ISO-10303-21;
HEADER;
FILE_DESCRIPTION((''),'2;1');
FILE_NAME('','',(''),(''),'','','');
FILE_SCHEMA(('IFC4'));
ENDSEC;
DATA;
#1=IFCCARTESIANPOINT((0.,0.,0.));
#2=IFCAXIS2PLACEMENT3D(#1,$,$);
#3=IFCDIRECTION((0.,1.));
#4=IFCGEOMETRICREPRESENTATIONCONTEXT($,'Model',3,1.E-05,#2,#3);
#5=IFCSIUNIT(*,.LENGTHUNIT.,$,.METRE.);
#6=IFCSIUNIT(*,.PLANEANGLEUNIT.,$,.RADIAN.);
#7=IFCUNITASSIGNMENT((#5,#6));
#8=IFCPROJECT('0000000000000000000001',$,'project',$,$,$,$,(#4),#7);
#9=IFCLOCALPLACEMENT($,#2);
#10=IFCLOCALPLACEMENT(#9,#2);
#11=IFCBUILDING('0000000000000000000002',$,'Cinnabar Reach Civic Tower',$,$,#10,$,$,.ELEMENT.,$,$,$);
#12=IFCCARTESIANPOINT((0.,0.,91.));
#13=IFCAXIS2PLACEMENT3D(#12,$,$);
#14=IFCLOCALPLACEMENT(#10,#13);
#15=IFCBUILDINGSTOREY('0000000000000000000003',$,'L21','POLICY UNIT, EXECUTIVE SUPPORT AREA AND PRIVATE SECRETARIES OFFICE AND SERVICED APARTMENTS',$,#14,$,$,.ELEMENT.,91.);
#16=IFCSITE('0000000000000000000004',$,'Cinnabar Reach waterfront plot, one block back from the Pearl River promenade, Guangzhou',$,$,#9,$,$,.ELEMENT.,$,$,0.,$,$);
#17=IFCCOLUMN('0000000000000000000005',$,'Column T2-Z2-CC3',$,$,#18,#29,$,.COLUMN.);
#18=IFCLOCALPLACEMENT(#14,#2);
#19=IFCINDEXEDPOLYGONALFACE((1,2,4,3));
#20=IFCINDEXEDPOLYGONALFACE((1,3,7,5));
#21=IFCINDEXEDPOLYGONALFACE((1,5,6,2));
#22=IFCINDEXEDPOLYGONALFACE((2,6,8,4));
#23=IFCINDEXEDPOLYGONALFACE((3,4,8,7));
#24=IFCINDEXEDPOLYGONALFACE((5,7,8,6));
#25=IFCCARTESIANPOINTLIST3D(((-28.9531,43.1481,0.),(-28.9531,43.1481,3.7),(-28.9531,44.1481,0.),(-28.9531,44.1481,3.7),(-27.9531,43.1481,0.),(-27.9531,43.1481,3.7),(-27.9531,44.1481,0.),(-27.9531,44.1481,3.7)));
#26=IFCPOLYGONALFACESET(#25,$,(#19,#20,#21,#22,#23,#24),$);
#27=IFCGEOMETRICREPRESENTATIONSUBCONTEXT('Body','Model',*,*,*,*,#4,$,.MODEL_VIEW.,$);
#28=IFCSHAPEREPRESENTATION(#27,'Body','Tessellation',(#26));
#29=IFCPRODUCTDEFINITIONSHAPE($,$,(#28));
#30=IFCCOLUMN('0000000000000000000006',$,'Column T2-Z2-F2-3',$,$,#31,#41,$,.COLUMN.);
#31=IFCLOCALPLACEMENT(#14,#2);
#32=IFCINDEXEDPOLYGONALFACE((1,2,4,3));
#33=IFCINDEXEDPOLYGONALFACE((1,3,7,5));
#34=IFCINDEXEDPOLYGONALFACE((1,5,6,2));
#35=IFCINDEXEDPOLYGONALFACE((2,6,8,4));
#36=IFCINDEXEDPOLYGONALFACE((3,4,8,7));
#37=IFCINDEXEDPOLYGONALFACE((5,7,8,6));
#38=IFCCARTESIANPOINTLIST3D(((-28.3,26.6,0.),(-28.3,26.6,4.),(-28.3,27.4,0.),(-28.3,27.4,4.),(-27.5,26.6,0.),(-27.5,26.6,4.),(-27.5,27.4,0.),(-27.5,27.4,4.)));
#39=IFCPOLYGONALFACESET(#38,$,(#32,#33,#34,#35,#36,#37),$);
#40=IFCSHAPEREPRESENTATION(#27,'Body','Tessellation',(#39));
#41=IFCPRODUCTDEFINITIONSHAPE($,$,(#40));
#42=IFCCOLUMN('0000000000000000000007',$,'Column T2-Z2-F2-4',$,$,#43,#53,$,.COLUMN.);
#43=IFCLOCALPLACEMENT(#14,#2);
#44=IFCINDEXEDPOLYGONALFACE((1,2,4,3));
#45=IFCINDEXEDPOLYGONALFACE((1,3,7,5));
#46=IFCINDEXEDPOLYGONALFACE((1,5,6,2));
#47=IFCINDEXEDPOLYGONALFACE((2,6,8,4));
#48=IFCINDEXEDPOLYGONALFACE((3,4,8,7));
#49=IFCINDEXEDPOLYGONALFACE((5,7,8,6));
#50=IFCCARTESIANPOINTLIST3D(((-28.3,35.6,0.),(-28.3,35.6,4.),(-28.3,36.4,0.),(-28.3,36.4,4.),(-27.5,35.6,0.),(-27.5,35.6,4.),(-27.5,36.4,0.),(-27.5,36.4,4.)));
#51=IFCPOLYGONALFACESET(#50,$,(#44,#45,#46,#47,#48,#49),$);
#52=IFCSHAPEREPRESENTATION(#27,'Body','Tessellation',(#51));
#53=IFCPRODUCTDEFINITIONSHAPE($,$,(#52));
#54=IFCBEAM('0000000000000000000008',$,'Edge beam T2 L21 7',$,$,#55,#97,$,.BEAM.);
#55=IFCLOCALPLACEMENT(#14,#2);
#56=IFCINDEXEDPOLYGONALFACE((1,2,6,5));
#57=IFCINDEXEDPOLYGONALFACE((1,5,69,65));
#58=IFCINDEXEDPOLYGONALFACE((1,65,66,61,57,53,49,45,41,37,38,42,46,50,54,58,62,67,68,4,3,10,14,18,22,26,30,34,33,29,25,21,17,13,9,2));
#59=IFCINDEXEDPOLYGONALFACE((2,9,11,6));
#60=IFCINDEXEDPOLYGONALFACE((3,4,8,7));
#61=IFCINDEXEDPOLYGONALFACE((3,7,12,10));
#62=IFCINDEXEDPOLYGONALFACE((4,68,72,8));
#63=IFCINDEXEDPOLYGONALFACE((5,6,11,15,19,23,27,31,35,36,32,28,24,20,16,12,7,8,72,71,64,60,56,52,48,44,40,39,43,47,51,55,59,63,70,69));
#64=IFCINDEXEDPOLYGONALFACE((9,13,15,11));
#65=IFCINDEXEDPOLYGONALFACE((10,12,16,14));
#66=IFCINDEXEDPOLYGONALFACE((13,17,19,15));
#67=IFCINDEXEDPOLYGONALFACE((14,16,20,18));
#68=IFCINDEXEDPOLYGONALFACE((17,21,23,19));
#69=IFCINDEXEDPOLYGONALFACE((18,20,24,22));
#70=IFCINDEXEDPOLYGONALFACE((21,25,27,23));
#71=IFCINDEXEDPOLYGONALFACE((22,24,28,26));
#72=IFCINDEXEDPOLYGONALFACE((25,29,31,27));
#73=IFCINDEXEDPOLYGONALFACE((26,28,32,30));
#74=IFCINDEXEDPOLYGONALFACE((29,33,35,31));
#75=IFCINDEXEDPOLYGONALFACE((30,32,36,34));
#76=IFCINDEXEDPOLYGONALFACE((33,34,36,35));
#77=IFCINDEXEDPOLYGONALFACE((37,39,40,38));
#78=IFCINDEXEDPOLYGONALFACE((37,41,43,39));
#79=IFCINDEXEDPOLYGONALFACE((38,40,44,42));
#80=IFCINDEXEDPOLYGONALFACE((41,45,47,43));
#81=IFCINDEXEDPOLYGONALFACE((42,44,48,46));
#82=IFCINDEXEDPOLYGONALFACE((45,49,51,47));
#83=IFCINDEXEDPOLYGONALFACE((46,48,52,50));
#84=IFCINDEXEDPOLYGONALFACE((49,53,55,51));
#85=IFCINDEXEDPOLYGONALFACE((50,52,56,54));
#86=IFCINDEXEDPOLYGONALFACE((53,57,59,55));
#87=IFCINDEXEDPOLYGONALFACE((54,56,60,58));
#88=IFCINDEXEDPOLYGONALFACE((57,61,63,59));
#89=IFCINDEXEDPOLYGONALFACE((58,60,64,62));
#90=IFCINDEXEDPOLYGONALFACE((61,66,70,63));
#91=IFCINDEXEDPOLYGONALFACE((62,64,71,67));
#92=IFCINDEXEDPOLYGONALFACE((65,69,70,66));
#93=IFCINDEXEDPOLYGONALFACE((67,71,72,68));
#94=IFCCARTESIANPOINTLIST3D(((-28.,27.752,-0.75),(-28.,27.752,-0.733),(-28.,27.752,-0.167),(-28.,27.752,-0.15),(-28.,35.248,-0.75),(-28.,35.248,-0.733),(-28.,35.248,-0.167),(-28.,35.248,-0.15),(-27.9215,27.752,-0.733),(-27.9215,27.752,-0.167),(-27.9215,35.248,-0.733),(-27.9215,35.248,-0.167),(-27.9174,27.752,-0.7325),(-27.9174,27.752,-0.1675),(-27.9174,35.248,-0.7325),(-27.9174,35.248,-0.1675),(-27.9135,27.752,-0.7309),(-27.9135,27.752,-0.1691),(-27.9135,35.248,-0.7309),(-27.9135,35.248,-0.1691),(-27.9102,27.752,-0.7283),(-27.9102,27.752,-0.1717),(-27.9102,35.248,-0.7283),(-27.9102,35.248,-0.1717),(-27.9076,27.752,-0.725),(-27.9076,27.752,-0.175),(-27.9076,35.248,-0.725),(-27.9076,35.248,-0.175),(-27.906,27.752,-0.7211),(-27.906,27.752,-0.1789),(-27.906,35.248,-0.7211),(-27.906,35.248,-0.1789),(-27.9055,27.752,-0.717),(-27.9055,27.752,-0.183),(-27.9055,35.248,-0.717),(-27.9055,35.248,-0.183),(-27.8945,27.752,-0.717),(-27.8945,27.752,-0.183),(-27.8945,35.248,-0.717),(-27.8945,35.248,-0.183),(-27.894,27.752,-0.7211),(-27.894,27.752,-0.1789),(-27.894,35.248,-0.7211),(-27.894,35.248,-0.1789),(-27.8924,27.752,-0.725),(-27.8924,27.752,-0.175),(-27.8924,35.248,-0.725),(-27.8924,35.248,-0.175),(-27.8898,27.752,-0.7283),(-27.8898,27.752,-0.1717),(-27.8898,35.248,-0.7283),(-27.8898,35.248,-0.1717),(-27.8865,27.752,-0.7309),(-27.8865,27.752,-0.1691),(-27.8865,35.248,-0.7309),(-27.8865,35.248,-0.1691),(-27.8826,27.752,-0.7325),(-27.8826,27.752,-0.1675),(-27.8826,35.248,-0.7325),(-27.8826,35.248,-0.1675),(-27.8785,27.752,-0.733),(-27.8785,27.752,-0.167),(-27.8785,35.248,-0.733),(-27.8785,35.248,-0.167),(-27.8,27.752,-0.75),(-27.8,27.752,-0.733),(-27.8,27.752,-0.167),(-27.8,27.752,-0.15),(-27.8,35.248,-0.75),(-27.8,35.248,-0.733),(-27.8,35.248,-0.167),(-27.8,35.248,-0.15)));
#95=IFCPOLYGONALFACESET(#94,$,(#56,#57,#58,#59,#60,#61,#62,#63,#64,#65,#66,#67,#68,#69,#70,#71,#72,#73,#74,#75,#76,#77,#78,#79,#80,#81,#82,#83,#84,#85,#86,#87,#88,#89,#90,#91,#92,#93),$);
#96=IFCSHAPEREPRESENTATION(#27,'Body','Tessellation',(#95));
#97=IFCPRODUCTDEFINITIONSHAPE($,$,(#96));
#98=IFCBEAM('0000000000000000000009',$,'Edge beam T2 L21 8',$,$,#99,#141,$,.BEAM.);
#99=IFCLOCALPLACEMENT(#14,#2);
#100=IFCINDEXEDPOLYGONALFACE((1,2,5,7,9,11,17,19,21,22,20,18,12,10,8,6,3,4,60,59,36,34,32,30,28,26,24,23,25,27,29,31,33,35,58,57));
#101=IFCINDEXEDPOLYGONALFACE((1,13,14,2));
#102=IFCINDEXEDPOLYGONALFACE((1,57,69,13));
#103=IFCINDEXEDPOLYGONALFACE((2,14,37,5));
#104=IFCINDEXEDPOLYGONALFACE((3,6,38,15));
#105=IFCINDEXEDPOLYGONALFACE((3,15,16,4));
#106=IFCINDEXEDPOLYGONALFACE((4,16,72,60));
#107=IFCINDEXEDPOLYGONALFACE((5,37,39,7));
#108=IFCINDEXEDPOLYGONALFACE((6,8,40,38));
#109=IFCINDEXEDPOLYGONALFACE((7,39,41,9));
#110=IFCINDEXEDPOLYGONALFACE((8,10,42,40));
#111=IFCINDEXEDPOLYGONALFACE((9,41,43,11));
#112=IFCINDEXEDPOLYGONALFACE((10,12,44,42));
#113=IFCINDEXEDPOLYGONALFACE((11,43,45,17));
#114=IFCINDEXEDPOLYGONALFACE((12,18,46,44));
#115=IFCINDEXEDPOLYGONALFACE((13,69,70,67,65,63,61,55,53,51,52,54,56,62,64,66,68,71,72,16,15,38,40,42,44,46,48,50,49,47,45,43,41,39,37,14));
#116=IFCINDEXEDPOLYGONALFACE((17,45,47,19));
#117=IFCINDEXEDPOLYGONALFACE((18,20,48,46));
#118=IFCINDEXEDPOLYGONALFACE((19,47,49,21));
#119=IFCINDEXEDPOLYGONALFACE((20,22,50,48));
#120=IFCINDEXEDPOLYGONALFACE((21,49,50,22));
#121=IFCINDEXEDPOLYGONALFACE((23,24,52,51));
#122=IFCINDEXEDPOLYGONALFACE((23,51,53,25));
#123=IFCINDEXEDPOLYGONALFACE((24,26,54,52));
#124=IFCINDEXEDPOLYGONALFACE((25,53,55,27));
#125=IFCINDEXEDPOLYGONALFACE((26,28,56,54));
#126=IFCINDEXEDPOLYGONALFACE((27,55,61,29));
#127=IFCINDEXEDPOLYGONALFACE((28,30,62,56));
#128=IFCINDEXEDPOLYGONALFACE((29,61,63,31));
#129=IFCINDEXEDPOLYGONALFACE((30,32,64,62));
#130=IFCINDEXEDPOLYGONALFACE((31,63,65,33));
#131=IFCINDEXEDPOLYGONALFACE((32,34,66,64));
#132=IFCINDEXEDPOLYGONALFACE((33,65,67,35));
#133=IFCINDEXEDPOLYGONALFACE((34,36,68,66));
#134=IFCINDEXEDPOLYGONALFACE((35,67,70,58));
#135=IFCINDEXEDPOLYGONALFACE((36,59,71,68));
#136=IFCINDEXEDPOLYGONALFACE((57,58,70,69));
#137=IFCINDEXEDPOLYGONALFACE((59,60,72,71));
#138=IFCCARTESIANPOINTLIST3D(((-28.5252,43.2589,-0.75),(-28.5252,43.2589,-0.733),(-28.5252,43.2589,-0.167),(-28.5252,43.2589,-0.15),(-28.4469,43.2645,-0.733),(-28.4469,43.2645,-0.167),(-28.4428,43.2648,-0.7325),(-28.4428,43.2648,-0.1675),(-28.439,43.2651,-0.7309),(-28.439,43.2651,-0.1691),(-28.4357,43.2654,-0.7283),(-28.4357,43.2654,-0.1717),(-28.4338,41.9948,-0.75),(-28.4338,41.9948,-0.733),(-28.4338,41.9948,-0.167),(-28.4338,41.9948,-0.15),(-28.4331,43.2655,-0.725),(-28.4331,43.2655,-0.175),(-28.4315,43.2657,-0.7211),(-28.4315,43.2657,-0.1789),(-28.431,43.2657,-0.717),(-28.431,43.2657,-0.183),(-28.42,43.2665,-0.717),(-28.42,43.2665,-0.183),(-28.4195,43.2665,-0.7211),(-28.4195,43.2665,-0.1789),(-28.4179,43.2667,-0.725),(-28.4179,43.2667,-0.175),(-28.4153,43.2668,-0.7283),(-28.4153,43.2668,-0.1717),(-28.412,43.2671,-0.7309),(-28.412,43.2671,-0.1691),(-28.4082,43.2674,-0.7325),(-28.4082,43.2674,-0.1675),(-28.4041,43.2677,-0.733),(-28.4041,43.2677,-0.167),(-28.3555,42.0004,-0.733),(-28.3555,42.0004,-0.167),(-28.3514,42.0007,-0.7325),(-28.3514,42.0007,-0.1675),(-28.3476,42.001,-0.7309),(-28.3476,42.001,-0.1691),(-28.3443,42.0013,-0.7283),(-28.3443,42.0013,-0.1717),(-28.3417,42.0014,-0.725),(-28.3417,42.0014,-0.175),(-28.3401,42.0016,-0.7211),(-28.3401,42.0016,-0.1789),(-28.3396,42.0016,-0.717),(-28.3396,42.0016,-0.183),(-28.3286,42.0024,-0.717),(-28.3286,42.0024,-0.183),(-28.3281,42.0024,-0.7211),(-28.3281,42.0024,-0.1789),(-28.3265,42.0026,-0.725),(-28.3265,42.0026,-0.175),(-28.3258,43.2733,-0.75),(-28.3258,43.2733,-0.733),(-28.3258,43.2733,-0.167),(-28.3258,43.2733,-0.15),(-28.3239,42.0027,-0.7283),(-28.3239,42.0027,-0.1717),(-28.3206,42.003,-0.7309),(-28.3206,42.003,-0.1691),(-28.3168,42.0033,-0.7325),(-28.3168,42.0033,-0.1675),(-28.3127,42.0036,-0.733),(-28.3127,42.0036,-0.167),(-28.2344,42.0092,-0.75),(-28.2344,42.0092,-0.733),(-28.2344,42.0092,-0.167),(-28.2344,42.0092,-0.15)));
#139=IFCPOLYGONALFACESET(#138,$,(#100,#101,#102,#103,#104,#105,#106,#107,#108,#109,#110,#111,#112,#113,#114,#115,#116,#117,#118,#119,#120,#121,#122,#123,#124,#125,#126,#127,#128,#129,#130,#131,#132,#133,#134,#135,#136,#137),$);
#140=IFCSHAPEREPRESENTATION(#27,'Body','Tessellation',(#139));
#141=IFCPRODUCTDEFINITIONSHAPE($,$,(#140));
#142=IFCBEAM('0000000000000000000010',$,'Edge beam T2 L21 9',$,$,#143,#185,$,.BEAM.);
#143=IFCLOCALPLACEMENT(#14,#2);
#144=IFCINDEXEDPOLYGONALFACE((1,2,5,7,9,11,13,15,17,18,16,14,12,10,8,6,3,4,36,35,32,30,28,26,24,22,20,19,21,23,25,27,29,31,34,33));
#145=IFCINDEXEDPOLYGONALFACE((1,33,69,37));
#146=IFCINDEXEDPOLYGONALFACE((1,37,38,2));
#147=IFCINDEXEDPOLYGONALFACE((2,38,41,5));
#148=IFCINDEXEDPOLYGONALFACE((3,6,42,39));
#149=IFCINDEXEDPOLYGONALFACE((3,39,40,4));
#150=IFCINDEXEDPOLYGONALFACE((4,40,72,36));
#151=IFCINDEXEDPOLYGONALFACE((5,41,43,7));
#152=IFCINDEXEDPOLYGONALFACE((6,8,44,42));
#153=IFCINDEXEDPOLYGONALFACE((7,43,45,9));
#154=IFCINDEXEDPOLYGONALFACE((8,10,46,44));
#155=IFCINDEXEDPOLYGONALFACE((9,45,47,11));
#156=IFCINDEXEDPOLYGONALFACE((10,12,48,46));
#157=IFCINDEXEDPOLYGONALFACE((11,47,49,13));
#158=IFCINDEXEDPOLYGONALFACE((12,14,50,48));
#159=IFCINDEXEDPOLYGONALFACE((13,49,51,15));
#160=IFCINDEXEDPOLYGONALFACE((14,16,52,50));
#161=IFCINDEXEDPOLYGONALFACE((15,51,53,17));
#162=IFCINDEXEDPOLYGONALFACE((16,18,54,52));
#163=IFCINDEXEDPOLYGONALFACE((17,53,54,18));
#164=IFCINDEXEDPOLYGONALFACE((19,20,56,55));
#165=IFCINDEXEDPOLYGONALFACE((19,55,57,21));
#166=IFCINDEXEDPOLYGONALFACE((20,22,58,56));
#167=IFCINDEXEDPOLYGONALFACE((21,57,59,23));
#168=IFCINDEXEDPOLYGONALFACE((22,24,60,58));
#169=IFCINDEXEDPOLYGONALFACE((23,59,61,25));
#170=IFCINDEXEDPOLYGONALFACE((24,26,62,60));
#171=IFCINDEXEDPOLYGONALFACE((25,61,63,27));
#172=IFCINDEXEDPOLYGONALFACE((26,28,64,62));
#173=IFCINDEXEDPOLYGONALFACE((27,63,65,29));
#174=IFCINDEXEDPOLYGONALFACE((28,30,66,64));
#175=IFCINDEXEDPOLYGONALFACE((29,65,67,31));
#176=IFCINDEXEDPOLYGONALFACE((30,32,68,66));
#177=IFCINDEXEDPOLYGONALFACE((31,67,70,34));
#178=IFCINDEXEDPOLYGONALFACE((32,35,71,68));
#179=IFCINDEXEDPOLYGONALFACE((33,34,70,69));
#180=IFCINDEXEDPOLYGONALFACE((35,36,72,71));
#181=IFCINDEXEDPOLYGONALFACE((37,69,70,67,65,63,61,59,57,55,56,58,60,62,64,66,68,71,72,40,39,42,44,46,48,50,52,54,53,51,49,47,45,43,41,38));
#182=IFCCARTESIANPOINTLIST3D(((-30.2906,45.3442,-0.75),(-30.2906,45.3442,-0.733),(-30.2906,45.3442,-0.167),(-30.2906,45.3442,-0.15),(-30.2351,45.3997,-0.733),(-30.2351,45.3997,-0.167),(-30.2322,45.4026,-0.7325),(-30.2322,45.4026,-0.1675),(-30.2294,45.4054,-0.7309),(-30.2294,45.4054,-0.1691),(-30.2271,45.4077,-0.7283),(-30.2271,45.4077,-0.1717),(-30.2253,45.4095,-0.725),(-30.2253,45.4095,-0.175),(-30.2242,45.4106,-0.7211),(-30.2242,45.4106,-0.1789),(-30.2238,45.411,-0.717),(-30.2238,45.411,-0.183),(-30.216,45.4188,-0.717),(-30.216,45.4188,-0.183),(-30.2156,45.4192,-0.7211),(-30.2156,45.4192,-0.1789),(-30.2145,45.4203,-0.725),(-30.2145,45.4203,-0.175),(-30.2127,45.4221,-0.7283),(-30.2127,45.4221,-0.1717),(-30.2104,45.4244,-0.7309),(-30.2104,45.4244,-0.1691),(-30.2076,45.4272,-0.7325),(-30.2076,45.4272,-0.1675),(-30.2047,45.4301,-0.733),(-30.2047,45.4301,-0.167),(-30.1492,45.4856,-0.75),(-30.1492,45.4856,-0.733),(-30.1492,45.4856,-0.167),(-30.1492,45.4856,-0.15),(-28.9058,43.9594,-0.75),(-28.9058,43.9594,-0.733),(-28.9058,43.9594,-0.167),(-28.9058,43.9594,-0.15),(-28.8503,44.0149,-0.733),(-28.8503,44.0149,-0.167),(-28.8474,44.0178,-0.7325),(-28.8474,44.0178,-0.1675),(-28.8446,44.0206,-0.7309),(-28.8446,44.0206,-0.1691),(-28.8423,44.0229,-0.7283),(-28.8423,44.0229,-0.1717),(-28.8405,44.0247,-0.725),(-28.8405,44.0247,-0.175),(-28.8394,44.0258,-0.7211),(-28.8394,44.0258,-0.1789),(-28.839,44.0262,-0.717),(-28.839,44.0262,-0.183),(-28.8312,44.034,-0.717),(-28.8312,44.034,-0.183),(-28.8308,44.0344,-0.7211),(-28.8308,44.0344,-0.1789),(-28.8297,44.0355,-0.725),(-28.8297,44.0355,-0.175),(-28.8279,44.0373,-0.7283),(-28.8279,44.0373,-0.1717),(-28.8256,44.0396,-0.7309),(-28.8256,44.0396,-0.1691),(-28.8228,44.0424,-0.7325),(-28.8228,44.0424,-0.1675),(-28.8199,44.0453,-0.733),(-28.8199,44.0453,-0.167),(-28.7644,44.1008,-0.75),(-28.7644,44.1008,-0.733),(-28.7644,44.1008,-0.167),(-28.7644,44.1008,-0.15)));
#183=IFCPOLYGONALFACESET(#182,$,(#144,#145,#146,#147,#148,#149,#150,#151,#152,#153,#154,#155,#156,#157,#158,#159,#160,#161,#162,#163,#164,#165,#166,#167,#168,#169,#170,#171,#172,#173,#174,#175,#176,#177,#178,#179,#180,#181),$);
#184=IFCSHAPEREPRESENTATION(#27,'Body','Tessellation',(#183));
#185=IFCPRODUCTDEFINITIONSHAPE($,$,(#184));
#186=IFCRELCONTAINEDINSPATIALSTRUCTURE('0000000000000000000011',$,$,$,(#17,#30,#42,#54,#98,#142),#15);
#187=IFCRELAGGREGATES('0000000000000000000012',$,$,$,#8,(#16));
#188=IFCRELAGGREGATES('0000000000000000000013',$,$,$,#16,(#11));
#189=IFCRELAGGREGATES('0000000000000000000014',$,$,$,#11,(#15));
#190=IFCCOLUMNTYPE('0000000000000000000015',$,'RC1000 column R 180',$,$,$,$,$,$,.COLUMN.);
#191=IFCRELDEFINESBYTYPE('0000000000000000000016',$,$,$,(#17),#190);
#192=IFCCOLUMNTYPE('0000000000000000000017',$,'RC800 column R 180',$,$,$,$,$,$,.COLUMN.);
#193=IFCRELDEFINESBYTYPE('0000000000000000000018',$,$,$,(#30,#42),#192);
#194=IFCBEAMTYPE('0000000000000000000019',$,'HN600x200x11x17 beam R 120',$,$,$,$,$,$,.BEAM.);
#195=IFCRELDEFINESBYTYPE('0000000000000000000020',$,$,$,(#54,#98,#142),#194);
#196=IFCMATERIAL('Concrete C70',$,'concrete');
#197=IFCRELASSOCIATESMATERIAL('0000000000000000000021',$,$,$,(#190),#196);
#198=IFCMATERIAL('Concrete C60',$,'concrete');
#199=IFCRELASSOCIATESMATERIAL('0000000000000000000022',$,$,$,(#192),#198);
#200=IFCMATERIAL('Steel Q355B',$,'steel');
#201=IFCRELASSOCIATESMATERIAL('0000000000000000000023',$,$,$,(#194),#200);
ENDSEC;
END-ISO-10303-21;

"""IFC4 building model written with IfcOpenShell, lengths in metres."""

from ifc_helpers import new_model, si_unit, direction, frame, origin, origin_2d, place, context, subcontext, project, spatial, rectangle, i_section, extrude, material, material_profile, profile_set, type_object, element, save


model = new_model("IFC4")

# Units and contexts
model_context = context("Model", 3, precision=1e-05, world=origin(), true_north=direction((0.0, 1.0)))
body_context = subcontext(model_context, "Body", "Model", "MODEL_VIEW")
ifc_project = project(units=[si_unit("LENGTHUNIT", "METRE"), si_unit("PLANEANGLEUNIT", "RADIAN")], contexts=[model_context])

# Site, building, storey
site_placement = place(None, origin())
site = spatial("IfcSite", under=ifc_project, at=site_placement, Name="Cinnabar Reach waterfront plot, one block back from the Pearl River promenade, Guangzhou", CompositionType="ELEMENT", RefElevation=0.0)
building_placement = place(site_placement, origin())
building = spatial("IfcBuilding", under=site, at=building_placement, Name="Cinnabar Reach Civic Tower", CompositionType="ELEMENT")
storey_placement = place(building_placement, frame((0.0, 0.0, 91.0)))
storey = spatial("IfcBuildingStorey", under=building, at=storey_placement, Name="L21", Description="POLICY UNIT, EXECUTIVE SUPPORT AREA AND PRIVATE SECRETARIES OFFICE AND SERVICED APARTMENTS", CompositionType="ELEMENT", Elevation=91.0)

# Columns
ifc_material_1 = material(Name="Concrete C70", Category="concrete")
ifc_material_profile_1 = material_profile(ifc_material_1, rectangle(XDim=1.0, YDim=1.0, at=origin_2d()), Name="RC1000")
ifc_profile_set_1 = profile_set([ifc_material_profile_1], Name="Concrete C70")
column_type_1 = type_object("IfcColumnType", Name="RC1000 column R 180", PredefinedType="COLUMN", material=ifc_profile_set_1)
column_placement = place(storey_placement, frame((-28.4531, 43.6481, 0.0), z_axis=(0.0, 0.0, 1.0), x_axis=(1.0, 0.0, 0.0)))
element("IfcColumn", 1, at=column_placement, inside=storey, type_object=column_type_1, Name="Column T2-Z2-CC3", PredefinedType="COLUMN", context=body_context, shape_type="SweptSolid", body=[
    extrude(rectangle(XDim=1.0, YDim=1.0, at=origin_2d()), origin(), (0.0, 0.0, 1.0), 3.7),
])
ifc_material_2 = material(Name="Concrete C60", Category="concrete")
ifc_material_profile_2 = material_profile(ifc_material_2, rectangle(XDim=0.8, YDim=0.8, at=origin_2d()), Name="RC800")
ifc_profile_set_2 = profile_set([ifc_material_profile_2], Name="Concrete C60")
column_type_2 = type_object("IfcColumnType", Name="RC800 column R 180", PredefinedType="COLUMN", material=ifc_profile_set_2)
for number, where, z_axis, x_axis, name in (
    (2, (-27.9, 27.0, 0.0), (0.0, 0.0, 1.0), (1.0, 0.0, 0.0), "Column T2-Z2-F2-3"),
    (3, (-27.9, 36.0, 0.0), (0.0, 0.0, 1.0), (1.0, 0.0, 0.0), "Column T2-Z2-F2-4"),
):
    element("IfcColumn", number, at=place(storey_placement, frame(where, z_axis=z_axis, x_axis=x_axis)), inside=storey, type_object=column_type_2, Name=name, PredefinedType="COLUMN", context=body_context, shape_type="SweptSolid", body=[
        extrude(rectangle(XDim=0.8, YDim=0.8, at=origin_2d()), origin(), (0.0, 0.0, 1.0), 4.0),
    ])

# Beams
ifc_material_3 = material(Name="Steel Q355B", Category="steel")
ifc_material_profile_3 = material_profile(ifc_material_3, i_section(OverallWidth=0.2, OverallDepth=0.6, WebThickness=0.011, FlangeThickness=0.017, FilletRadius=0.016, at=origin_2d()), Name="HN600x200x11x17")
ifc_profile_set_3 = profile_set([ifc_material_profile_3], Name="Steel Q355B")
beam_type = type_object("IfcBeamType", Name="HN600x200x11x17 beam R 120", PredefinedType="BEAM", material=ifc_profile_set_3)
beam_1_placement = place(storey_placement, frame((-27.9, 27.752, -0.45), z_axis=(0.0, 1.0, 0.0), x_axis=(-1.0, 0.0, 0.0)))
element("IfcBeam", 4, at=beam_1_placement, inside=storey, type_object=beam_type, Name="Edge beam T2 L21 7", PredefinedType="BEAM", context=body_context, shape_type="SweptSolid", body=[
    extrude(i_section(OverallWidth=0.2, OverallDepth=0.6, WebThickness=0.011, FlangeThickness=0.017, FilletRadius=0.016, at=origin_2d()), origin(), (0.0, 0.0, 1.0), 7.496),
])
beam_2_placement = place(storey_placement, frame((-28.3341, 42.002, -0.45), z_axis=(-0.072116, 0.997396, 0.0), x_axis=(-0.997396, -0.072116, 0.0)))
element("IfcBeam", 5, at=beam_2_placement, inside=storey, type_object=beam_type, Name="Edge beam T2 L21 8", PredefinedType="BEAM", context=body_context, shape_type="SweptSolid", body=[
    extrude(i_section(OverallWidth=0.2, OverallDepth=0.6, WebThickness=0.011, FlangeThickness=0.017, FilletRadius=0.016, at=origin_2d()), origin(), (0.0, 0.0, 1.0), 1.2674),
])
beam_3_placement = place(storey_placement, frame((-28.8351, 44.0301, -0.45), z_axis=(-0.707107, 0.707107, 0.0), x_axis=(-0.707107, -0.707107, 0.0)))
element("IfcBeam", 6, at=beam_3_placement, inside=storey, type_object=beam_type, Name="Edge beam T2 L21 9", PredefinedType="BEAM", context=body_context, shape_type="SweptSolid", body=[
    extrude(i_section(OverallWidth=0.2, OverallDepth=0.6, WebThickness=0.011, FlangeThickness=0.017, FilletRadius=0.016, at=origin_2d()), origin(), (0.0, 0.0, 1.0), 1.9584),
])

save(model, "model.ifc")
